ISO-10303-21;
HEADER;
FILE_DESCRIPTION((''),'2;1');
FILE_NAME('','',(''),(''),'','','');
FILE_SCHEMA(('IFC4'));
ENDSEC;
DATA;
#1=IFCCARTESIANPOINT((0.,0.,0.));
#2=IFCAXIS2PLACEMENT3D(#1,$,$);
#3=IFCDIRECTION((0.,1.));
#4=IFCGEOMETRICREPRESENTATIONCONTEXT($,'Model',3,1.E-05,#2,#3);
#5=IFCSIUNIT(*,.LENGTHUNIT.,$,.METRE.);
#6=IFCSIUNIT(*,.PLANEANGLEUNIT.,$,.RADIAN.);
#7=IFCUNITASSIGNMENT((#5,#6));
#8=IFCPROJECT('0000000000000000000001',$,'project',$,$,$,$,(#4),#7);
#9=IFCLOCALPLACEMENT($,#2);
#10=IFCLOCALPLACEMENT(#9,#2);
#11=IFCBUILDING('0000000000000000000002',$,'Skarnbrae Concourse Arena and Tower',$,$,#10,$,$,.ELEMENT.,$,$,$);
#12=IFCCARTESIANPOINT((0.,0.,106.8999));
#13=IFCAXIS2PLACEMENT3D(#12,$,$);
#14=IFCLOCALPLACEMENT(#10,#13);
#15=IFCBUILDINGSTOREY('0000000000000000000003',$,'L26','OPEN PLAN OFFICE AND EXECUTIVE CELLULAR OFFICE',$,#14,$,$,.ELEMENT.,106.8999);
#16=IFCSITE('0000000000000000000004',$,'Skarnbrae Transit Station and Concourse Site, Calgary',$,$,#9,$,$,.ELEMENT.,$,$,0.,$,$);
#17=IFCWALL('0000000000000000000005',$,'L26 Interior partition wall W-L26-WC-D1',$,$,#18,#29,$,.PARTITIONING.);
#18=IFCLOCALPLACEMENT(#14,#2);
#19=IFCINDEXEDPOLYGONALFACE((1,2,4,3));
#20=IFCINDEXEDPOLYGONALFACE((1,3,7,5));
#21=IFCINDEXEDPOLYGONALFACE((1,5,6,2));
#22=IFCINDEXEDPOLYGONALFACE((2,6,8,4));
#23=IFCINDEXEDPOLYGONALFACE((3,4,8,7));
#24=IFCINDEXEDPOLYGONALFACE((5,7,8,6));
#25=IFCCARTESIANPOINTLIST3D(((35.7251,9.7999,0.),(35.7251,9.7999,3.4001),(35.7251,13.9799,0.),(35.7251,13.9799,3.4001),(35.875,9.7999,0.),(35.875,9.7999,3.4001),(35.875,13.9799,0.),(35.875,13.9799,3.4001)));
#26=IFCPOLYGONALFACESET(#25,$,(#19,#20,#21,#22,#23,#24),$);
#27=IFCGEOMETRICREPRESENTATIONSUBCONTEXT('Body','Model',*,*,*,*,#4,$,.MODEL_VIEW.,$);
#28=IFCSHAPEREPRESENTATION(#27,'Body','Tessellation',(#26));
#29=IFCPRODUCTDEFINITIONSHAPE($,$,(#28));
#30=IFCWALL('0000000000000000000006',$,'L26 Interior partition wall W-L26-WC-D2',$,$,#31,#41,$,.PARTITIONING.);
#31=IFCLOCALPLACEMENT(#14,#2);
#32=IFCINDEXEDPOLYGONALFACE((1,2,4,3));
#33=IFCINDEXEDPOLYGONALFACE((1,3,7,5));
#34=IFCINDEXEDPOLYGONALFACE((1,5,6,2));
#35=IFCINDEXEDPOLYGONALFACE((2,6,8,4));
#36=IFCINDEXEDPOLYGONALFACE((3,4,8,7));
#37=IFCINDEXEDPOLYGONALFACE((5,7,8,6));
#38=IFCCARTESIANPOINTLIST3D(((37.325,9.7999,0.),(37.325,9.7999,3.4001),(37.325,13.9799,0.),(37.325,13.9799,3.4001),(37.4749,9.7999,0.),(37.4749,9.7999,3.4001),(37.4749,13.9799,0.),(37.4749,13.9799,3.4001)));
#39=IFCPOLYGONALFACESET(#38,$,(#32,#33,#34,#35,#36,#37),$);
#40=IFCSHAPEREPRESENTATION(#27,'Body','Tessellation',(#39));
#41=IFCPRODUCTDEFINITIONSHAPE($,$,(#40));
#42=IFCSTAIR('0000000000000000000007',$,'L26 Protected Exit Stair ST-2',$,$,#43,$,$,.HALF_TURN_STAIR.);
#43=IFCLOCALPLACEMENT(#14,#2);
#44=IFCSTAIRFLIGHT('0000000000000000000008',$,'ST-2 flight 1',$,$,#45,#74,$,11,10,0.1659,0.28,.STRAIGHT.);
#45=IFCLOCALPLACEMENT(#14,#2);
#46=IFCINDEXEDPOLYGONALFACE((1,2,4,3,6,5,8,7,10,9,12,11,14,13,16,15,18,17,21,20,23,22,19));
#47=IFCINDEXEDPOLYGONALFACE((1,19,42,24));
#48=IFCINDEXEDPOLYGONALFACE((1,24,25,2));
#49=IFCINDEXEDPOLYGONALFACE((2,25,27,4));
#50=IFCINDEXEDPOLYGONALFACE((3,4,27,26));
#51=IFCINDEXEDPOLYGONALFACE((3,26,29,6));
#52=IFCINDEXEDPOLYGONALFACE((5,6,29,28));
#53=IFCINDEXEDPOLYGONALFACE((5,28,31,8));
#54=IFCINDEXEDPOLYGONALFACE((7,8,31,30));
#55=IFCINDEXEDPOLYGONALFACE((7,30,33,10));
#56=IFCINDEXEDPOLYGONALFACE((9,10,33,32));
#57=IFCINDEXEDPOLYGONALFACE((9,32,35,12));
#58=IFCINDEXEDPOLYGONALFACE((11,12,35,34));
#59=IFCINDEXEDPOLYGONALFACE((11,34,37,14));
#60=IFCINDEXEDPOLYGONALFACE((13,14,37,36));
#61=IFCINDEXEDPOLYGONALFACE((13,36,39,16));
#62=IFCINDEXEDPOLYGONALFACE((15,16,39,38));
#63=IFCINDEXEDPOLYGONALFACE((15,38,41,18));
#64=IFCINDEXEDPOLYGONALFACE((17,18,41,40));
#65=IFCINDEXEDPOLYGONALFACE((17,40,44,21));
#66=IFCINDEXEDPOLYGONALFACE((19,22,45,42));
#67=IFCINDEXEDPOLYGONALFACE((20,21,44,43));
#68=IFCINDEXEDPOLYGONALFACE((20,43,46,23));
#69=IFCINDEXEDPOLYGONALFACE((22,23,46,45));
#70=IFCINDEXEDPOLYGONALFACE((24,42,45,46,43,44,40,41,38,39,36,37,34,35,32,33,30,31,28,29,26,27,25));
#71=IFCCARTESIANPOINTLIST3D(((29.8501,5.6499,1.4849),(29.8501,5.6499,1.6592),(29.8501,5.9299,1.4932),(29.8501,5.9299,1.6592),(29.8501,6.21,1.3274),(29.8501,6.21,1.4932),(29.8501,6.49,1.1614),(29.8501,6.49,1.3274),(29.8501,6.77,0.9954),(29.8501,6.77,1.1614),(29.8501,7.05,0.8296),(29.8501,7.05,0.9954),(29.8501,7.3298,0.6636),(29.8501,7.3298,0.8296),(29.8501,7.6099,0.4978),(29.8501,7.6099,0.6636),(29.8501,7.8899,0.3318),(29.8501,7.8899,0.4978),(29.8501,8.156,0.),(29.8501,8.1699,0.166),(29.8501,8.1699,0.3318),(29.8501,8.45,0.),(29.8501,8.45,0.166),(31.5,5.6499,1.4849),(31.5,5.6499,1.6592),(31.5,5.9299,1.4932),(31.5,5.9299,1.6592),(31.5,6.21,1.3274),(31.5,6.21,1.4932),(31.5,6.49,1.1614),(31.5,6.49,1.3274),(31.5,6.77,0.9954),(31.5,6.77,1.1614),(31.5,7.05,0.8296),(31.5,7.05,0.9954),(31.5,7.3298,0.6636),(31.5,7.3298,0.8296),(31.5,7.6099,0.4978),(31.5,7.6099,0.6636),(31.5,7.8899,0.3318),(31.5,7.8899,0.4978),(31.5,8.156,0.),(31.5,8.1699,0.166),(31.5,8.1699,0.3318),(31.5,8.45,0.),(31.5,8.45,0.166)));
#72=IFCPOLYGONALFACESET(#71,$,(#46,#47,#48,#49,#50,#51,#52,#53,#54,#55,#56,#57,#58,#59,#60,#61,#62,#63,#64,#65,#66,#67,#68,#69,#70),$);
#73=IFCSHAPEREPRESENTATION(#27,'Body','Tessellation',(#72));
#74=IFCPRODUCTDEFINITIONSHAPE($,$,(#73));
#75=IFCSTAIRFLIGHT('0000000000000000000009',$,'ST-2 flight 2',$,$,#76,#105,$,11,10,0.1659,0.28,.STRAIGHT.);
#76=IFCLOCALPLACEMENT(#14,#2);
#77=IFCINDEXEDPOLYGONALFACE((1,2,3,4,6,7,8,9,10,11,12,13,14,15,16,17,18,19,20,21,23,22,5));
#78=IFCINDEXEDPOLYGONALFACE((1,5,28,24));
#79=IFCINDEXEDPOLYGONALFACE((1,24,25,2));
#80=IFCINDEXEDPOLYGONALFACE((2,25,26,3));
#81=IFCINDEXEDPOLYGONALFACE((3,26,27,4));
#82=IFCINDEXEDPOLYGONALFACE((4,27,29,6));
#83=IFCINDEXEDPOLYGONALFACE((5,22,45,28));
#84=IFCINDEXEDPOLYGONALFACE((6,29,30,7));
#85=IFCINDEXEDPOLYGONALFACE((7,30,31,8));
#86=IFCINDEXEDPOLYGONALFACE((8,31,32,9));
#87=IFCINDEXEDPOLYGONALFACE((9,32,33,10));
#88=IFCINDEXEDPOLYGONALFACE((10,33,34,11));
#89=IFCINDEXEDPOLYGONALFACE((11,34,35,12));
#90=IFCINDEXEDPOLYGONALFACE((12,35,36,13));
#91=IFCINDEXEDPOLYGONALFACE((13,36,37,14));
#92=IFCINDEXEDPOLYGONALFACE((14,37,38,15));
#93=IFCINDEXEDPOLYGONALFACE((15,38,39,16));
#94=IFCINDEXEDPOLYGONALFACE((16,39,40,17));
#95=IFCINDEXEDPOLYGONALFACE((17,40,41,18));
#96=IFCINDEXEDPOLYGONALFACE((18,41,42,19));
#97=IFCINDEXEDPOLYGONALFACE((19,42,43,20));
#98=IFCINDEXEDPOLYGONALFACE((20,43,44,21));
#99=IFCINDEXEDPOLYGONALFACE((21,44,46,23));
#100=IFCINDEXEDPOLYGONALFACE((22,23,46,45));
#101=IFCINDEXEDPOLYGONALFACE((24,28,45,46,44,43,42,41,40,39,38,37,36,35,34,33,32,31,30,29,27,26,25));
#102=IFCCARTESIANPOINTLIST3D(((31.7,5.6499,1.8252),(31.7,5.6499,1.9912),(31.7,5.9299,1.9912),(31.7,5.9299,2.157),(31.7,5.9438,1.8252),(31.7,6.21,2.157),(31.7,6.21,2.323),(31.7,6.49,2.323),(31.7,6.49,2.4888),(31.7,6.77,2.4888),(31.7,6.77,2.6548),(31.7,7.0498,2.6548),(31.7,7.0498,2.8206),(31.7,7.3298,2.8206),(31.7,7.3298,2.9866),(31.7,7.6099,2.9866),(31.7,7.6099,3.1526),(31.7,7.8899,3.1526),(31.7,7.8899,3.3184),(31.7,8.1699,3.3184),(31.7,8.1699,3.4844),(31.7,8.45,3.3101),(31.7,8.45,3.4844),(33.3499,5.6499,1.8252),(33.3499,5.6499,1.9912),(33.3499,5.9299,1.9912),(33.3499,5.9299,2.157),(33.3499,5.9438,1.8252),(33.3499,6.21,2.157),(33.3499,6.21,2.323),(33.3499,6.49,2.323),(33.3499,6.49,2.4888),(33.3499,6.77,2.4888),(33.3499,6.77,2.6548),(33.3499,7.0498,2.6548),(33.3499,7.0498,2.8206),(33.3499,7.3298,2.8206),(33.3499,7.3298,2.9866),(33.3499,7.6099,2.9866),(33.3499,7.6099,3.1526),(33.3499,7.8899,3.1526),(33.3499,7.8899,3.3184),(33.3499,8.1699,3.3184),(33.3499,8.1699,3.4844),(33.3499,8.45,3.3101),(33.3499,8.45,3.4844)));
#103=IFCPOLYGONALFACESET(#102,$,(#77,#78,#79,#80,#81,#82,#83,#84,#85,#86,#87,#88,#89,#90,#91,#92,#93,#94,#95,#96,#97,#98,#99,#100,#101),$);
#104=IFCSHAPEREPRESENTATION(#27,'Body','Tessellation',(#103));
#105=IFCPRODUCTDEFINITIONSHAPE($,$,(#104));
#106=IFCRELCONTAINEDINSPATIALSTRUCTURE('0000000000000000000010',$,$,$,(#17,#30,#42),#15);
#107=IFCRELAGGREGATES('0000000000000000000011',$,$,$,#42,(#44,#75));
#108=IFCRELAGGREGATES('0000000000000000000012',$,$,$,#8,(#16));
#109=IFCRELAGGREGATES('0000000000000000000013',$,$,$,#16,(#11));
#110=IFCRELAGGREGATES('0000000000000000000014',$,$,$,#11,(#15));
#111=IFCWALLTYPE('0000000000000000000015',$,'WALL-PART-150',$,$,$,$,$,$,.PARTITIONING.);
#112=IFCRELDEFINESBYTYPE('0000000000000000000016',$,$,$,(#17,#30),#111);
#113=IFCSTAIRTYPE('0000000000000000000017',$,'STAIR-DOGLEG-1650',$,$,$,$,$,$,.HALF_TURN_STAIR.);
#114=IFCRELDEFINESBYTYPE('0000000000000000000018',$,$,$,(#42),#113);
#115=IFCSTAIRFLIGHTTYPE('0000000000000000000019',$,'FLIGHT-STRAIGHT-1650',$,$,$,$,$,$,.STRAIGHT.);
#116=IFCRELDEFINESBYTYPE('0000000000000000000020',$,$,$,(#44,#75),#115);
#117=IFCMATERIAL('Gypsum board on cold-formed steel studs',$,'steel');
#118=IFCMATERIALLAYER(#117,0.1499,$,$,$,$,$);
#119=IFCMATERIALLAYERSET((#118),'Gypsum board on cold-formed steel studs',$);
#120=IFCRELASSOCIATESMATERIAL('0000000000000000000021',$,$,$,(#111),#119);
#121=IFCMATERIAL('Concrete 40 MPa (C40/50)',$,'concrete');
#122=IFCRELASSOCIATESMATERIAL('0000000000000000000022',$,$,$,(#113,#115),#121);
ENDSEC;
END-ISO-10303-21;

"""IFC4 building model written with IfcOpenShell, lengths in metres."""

from ifc_helpers import new_model, si_unit, direction, frame, frame_2d, origin, place, context, subcontext, project, spatial, polyline, rectangle, outline, extrude, source, transform, mapped, material, layer, layer_set, type_object, element, aggregate, save


model = new_model("IFC4")

# Units and contexts
model_context = context("Model", 3, precision=1e-05, world=origin(), true_north=direction((0.0, 1.0)))
body_context = subcontext(model_context, "Body", "Model", "MODEL_VIEW")
ifc_project = project(units=[si_unit("LENGTHUNIT", "METRE"), si_unit("PLANEANGLEUNIT", "RADIAN")], contexts=[model_context])

# Site, building, storey
site_placement = place(None, origin())
site = spatial("IfcSite", under=ifc_project, at=site_placement, Name="Skarnbrae Transit Station and Concourse Site, Calgary", CompositionType="ELEMENT", RefElevation=0.0)
building_placement = place(site_placement, origin())
building = spatial("IfcBuilding", under=site, at=building_placement, Name="Skarnbrae Concourse Arena and Tower", CompositionType="ELEMENT")
storey_placement = place(building_placement, frame((0.0, 0.0, 106.8999)))
storey = spatial("IfcBuildingStorey", under=building, at=storey_placement, Name="L26", Description="OPEN PLAN OFFICE AND EXECUTIVE CELLULAR OFFICE", CompositionType="ELEMENT", Elevation=106.8999)

# Walls
ifc_material_1 = material(Name="Gypsum board on cold-formed steel studs", Category="steel")
ifc_layer_1 = layer(ifc_material_1, 0.1499)
ifc_layer_set_1 = layer_set([ifc_layer_1], Name="Gypsum board on cold-formed steel studs")
wall_type_1 = type_object("IfcWallType", Name="WALL-PART-150", PredefinedType="PARTITIONING", material=ifc_layer_set_1)
shared_shape_1 = source(origin(), body_context, "Body", "SweptSolid", [
    extrude(rectangle(XDim=4.1799, YDim=0.1499, at=frame_2d((2.0898, 0.0))), origin(), (0.0, 0.0, 1.0), 3.4001),
])
for number, where, z_axis, x_axis, name in (
    (1, (35.8, 9.8, 0.0), (0.0, 0.0, 1.0), (0.0, 1.0, 0.0), "L26 Interior partition wall W-L26-WC-D1"),
    (2, (37.3999, 9.8, 0.0), (0.0, 0.0, 1.0), (0.0, 1.0, 0.0), "L26 Interior partition wall W-L26-WC-D2"),
):
    element("IfcWall", number, at=place(storey_placement, frame(where, z_axis=z_axis, x_axis=x_axis)), inside=storey, type_object=wall_type_1, Name=name, PredefinedType="PARTITIONING", context=body_context, shape_type="MappedRepresentation", body=[
        mapped(shared_shape_1, transform((0.0, 0.0, 0.0))),
    ])

# Stair, stair flights
ifc_material_2 = material(Name="Concrete 40 MPa (C40/50)", Category="concrete")
stair_type = type_object("IfcStairType", Name="STAIR-DOGLEG-1650", PredefinedType="HALF_TURN_STAIR", material=ifc_material_2)
stair_placement = place(storey_placement, origin())
stair = element("IfcStair", 3, at=stair_placement, inside=storey, type_object=stair_type, Name="L26 Protected Exit Stair ST-2", PredefinedType="HALF_TURN_STAIR")
stair_flight_type = type_object("IfcStairFlightType", Name="FLIGHT-STRAIGHT-1650", PredefinedType="STRAIGHT", material=ifc_material_2)
shared_shape_2 = source(origin(), body_context, "Body", "SweptSolid", [
    extrude(outline(polyline([(0.0, 0.0), (0.0, 0.166), (0.28, 0.166), (0.28, 0.3318), (0.5601, 0.3318), (0.5601, 0.4978), (0.8401, 0.4978), (0.8401, 0.6636), (1.1201, 0.6636), (1.1201, 0.8296), (1.3999, 0.8296), (1.3999, 0.9954), (1.6799, 0.9954), (1.6799, 1.1614), (1.96, 1.1614), (1.96, 1.3274), (2.24, 1.3274), (2.24, 1.4932), (2.52, 1.4932), (2.52, 1.6592), (2.8, 1.6592), (2.8, 1.825), (2.8, 1.4849), (0.2939, 0.0), (0.0, 0.0)])), frame((0.0, 0.825, 0.0), z_axis=(0.0, -1.0, 0.0), x_axis=(1.0, 0.0, 0.0)), (0.0, 0.0, 1.0), 1.6499),
])
stair_flight_1_placement = place(storey_placement, frame((30.675, 8.45, 0.0), z_axis=(0.0, 0.0, 1.0), x_axis=(0.0, -1.0, 0.0)))
stair_flight_1 = element("IfcStairFlight", 4, at=stair_flight_1_placement, type_object=stair_flight_type, Name="ST-2 flight 1", NumberOfRisers=11, NumberOfTreads=10, PredefinedType="STRAIGHT", RiserHeight=0.1659, TreadLength=0.28, context=body_context, shape_type="MappedRepresentation", body=[
    mapped(shared_shape_2, transform((0.0, 0.0, 0.0))),
])
stair_flight_2_placement = place(storey_placement, frame((32.5249, 5.6499, 1.8252), z_axis=(0.0, 0.0, 1.0), x_axis=(0.0, 1.0, 0.0)))
stair_flight_2 = element("IfcStairFlight", 5, at=stair_flight_2_placement, type_object=stair_flight_type, Name="ST-2 flight 2", NumberOfRisers=11, NumberOfTreads=10, PredefinedType="STRAIGHT", RiserHeight=0.1659, TreadLength=0.28, context=body_context, shape_type="MappedRepresentation", body=[
    mapped(shared_shape_2, transform((0.0, 0.0, 0.0))),
])
aggregate(stair, [stair_flight_1, stair_flight_2])

save(model, "model.ifc")
